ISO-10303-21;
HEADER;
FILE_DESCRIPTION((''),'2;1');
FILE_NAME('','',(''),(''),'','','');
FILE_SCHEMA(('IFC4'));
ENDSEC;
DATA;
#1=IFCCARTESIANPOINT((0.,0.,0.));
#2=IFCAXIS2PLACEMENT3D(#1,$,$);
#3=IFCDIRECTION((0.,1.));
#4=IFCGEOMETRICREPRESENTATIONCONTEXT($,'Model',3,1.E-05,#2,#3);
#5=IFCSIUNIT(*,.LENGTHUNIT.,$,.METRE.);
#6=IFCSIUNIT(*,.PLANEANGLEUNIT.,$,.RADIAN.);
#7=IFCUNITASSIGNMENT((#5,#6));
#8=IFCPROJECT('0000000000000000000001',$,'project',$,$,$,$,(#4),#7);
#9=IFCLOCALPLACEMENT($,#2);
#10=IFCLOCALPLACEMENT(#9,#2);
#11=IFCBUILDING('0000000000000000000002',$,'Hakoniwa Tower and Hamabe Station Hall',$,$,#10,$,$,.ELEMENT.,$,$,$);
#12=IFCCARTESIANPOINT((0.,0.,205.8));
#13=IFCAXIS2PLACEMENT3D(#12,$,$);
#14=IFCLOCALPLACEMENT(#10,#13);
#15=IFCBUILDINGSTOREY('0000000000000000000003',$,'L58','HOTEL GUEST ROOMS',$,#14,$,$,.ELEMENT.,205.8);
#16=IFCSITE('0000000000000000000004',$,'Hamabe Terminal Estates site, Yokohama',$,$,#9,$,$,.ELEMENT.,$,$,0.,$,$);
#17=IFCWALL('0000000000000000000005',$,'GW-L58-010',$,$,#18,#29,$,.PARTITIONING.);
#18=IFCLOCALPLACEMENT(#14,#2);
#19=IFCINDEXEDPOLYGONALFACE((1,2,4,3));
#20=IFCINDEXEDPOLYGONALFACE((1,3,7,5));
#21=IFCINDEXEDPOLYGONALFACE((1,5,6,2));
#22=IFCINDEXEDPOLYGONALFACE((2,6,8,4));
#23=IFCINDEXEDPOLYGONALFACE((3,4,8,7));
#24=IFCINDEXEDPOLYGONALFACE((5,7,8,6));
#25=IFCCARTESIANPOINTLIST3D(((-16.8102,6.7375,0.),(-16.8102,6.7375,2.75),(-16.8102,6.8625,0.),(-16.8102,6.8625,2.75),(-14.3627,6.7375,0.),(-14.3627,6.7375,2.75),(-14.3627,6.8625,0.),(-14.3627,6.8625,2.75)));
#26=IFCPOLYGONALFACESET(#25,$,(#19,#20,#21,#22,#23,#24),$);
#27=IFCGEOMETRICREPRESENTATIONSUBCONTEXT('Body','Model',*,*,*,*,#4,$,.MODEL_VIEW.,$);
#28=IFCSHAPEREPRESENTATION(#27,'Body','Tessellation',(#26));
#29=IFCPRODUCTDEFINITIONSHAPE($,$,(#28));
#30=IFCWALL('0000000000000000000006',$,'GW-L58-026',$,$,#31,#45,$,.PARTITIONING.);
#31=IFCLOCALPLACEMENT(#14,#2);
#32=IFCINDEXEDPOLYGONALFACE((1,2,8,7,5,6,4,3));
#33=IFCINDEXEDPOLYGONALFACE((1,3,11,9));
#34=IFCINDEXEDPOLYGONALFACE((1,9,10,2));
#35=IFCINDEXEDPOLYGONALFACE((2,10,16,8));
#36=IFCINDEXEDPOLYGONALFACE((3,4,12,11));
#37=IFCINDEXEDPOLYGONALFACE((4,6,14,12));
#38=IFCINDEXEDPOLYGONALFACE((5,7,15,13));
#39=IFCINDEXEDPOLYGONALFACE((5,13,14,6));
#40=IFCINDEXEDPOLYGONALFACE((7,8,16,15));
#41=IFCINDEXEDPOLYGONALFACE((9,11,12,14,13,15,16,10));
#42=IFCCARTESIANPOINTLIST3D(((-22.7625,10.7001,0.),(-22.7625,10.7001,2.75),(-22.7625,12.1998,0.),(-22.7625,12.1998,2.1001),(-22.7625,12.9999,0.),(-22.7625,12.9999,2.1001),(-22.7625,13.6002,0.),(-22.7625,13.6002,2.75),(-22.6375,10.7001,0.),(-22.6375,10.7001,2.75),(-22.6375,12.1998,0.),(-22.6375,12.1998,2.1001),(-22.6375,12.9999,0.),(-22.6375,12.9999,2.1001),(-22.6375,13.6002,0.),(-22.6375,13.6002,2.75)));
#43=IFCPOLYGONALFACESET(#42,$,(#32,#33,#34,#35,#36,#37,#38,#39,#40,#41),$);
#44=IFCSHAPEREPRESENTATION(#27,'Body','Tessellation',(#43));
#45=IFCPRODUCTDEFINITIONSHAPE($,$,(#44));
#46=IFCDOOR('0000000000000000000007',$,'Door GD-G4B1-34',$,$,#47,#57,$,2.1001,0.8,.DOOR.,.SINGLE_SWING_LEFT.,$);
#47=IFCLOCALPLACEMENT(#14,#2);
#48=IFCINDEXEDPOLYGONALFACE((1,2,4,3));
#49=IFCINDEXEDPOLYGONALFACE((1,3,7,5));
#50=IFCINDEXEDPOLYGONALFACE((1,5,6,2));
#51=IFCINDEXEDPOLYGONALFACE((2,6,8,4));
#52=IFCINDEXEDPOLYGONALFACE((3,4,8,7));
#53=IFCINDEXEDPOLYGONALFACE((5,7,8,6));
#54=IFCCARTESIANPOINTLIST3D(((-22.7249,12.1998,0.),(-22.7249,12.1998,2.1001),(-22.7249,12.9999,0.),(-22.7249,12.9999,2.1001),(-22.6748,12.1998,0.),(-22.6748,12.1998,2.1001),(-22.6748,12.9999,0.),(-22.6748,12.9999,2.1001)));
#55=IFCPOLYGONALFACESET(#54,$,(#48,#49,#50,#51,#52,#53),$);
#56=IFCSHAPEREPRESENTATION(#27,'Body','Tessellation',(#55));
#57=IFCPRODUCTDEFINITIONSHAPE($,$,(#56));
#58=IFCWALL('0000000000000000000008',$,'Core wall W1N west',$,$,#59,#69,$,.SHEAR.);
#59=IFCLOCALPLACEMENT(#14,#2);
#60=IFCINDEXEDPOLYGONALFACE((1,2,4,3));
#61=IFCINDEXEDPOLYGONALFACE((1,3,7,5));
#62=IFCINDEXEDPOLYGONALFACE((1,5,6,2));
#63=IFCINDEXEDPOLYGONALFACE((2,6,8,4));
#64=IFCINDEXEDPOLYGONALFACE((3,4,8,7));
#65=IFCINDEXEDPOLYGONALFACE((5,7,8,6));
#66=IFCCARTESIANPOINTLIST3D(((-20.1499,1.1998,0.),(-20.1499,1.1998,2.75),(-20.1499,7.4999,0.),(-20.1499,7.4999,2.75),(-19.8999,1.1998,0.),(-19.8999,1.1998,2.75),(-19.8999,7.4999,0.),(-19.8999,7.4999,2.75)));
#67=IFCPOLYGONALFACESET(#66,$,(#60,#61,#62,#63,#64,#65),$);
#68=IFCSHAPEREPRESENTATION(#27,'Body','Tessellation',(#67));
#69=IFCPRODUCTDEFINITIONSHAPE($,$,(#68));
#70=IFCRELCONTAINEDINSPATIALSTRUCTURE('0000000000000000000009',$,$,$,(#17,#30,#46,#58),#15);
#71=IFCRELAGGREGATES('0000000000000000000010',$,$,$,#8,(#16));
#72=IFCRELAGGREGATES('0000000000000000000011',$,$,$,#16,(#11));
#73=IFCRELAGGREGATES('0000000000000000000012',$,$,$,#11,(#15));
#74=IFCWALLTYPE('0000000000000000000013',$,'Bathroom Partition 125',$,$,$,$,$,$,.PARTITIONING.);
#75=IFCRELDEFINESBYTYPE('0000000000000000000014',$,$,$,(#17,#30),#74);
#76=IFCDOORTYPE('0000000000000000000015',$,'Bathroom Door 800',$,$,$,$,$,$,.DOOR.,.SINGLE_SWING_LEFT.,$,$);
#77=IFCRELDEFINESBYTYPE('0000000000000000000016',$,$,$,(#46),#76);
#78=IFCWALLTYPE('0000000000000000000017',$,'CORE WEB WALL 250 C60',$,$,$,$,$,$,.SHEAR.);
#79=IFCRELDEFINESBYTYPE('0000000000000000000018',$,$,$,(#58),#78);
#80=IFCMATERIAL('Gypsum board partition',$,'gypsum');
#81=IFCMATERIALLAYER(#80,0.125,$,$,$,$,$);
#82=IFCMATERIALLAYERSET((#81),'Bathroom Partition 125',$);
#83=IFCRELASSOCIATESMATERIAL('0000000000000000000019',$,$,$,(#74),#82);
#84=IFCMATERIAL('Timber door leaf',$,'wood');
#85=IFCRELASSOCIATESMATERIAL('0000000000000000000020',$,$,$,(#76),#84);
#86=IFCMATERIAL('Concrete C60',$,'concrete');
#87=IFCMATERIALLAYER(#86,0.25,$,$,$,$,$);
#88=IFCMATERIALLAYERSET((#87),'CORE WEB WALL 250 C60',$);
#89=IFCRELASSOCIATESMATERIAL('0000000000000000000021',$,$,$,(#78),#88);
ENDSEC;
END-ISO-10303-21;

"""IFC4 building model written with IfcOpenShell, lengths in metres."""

from ifc_helpers import new_model, si_unit, direction, frame, frame_2d, origin, place, context, subcontext, project, spatial, rectangle, extrude, material, layer, layer_set, type_object, element, fill, save


model = new_model("IFC4")

# Units and contexts
model_context = context("Model", 3, precision=1e-05, world=origin(), true_north=direction((0.0, 1.0)))
body_context = subcontext(model_context, "Body", "Model", "MODEL_VIEW")
ifc_project = project(units=[si_unit("LENGTHUNIT", "METRE"), si_unit("PLANEANGLEUNIT", "RADIAN")], contexts=[model_context])

# Site, building, storey
site_placement = place(None, origin())
site = spatial("IfcSite", under=ifc_project, at=site_placement, Name="Hamabe Terminal Estates site, Yokohama", CompositionType="ELEMENT", RefElevation=0.0)
building_placement = place(site_placement, origin())
building = spatial("IfcBuilding", under=site, at=building_placement, Name="Hakoniwa Tower and Hamabe Station Hall", CompositionType="ELEMENT")
storey_placement = place(building_placement, frame((0.0, 0.0, 205.8)))
storey = spatial("IfcBuildingStorey", under=building, at=storey_placement, Name="L58", Description="HOTEL GUEST ROOMS", CompositionType="ELEMENT", Elevation=205.8)

# Wall
ifc_material_1 = material(Name="Gypsum board partition", Category="gypsum")
ifc_layer_1 = layer(ifc_material_1, 0.125)
ifc_layer_set_1 = layer_set([ifc_layer_1], Name="Bathroom Partition 125")
wall_type_1 = type_object("IfcWallType", Name="Bathroom Partition 125", PredefinedType="PARTITIONING", material=ifc_layer_set_1)
wall_1_placement = place(storey_placement, frame((-16.8101, 6.8, 0.0), z_axis=(0.0, 0.0, 1.0), x_axis=(1.0, 0.0, 0.0)))
element("IfcWall", 1, at=wall_1_placement, inside=storey, type_object=wall_type_1, Name="GW-L58-010", PredefinedType="PARTITIONING", context=body_context, shape_type="SweptSolid", body=[
    extrude(rectangle(XDim=2.4475, YDim=0.125, at=frame_2d((1.2236, 0.0))), origin(), (0.0, 0.0, 1.0), 2.75),
])

# Wall, opening, door
wall_2_placement = place(storey_placement, frame((-22.7, 10.7, 0.0), z_axis=(0.0, 0.0, 1.0), x_axis=(0.0, 1.0, 0.0)))
wall_2 = element("IfcWall", 2, at=wall_2_placement, inside=storey, type_object=wall_type_1, Name="GW-L58-026", PredefinedType="PARTITIONING", context=body_context, shape_type="SweptSolid", body=[
    extrude(rectangle(XDim=2.9001, YDim=0.125, at=frame_2d((1.4502, 0.0))), origin(), (0.0, 0.0, 1.0), 2.75),
])
opening_1_placement = place(wall_2_placement, frame((1.5, 0.0, 0.0)))
opening_1 = element("IfcOpeningElement", 3, at=opening_1_placement, cuts=wall_2, PredefinedType="OPENING", context=body_context, shape_type="SweptSolid", body=[
    extrude(rectangle(XDim=0.8, YDim=2.1001, at=frame_2d((0.3999, 1.05))), frame((0.0, 0.0725, 0.0), z_axis=(0.0, -1.0, 0.0), x_axis=(1.0, 0.0, 0.0)), (0.0, 0.0, 1.0), 0.145),
])
ifc_material_2 = material(Name="Timber door leaf", Category="wood")
door_type_1 = type_object("IfcDoorType", Name="Bathroom Door 800", OperationType="SINGLE_SWING_LEFT", PredefinedType="DOOR", material=ifc_material_2)
door_1_placement = place(opening_1_placement, origin())
door_1 = element("IfcDoor", 4, at=door_1_placement, inside=storey, type_object=door_type_1, Name="Door GD-G4B1-34", OperationType="SINGLE_SWING_LEFT", OverallHeight=2.1001, OverallWidth=0.8, PredefinedType="DOOR", context=body_context, shape_type="SweptSolid", body=[
    extrude(rectangle(XDim=0.8, YDim=2.1001, at=frame_2d((0.3999, 1.05))), frame((0.0, 0.0249, 0.0), z_axis=(0.0, -1.0, 0.0), x_axis=(1.0, 0.0, 0.0)), (0.0, 0.0, 1.0), 0.05),
])
fill(opening_1, door_1)

# Wall
ifc_material_3 = material(Name="Concrete C60", Category="concrete")
ifc_layer_2 = layer(ifc_material_3, 0.25)
ifc_layer_set_2 = layer_set([ifc_layer_2], Name="CORE WEB WALL 250 C60")
wall_type_2 = type_object("IfcWallType", Name="CORE WEB WALL 250 C60", PredefinedType="SHEAR", material=ifc_layer_set_2)
wall_3_placement = place(storey_placement, frame((-20.0249, 1.2, 0.0), z_axis=(0.0, 0.0, 1.0), x_axis=(0.0, 1.0, 0.0)))
element("IfcWall", 5, at=wall_3_placement, inside=storey, type_object=wall_type_2, Name="Core wall W1N west", PredefinedType="SHEAR", context=body_context, shape_type="SweptSolid", body=[
    extrude(rectangle(XDim=6.3, YDim=0.25, at=frame_2d((3.1499, 0.0))), origin(), (0.0, 0.0, 1.0), 2.75),
])

save(model, "model.ifc")
